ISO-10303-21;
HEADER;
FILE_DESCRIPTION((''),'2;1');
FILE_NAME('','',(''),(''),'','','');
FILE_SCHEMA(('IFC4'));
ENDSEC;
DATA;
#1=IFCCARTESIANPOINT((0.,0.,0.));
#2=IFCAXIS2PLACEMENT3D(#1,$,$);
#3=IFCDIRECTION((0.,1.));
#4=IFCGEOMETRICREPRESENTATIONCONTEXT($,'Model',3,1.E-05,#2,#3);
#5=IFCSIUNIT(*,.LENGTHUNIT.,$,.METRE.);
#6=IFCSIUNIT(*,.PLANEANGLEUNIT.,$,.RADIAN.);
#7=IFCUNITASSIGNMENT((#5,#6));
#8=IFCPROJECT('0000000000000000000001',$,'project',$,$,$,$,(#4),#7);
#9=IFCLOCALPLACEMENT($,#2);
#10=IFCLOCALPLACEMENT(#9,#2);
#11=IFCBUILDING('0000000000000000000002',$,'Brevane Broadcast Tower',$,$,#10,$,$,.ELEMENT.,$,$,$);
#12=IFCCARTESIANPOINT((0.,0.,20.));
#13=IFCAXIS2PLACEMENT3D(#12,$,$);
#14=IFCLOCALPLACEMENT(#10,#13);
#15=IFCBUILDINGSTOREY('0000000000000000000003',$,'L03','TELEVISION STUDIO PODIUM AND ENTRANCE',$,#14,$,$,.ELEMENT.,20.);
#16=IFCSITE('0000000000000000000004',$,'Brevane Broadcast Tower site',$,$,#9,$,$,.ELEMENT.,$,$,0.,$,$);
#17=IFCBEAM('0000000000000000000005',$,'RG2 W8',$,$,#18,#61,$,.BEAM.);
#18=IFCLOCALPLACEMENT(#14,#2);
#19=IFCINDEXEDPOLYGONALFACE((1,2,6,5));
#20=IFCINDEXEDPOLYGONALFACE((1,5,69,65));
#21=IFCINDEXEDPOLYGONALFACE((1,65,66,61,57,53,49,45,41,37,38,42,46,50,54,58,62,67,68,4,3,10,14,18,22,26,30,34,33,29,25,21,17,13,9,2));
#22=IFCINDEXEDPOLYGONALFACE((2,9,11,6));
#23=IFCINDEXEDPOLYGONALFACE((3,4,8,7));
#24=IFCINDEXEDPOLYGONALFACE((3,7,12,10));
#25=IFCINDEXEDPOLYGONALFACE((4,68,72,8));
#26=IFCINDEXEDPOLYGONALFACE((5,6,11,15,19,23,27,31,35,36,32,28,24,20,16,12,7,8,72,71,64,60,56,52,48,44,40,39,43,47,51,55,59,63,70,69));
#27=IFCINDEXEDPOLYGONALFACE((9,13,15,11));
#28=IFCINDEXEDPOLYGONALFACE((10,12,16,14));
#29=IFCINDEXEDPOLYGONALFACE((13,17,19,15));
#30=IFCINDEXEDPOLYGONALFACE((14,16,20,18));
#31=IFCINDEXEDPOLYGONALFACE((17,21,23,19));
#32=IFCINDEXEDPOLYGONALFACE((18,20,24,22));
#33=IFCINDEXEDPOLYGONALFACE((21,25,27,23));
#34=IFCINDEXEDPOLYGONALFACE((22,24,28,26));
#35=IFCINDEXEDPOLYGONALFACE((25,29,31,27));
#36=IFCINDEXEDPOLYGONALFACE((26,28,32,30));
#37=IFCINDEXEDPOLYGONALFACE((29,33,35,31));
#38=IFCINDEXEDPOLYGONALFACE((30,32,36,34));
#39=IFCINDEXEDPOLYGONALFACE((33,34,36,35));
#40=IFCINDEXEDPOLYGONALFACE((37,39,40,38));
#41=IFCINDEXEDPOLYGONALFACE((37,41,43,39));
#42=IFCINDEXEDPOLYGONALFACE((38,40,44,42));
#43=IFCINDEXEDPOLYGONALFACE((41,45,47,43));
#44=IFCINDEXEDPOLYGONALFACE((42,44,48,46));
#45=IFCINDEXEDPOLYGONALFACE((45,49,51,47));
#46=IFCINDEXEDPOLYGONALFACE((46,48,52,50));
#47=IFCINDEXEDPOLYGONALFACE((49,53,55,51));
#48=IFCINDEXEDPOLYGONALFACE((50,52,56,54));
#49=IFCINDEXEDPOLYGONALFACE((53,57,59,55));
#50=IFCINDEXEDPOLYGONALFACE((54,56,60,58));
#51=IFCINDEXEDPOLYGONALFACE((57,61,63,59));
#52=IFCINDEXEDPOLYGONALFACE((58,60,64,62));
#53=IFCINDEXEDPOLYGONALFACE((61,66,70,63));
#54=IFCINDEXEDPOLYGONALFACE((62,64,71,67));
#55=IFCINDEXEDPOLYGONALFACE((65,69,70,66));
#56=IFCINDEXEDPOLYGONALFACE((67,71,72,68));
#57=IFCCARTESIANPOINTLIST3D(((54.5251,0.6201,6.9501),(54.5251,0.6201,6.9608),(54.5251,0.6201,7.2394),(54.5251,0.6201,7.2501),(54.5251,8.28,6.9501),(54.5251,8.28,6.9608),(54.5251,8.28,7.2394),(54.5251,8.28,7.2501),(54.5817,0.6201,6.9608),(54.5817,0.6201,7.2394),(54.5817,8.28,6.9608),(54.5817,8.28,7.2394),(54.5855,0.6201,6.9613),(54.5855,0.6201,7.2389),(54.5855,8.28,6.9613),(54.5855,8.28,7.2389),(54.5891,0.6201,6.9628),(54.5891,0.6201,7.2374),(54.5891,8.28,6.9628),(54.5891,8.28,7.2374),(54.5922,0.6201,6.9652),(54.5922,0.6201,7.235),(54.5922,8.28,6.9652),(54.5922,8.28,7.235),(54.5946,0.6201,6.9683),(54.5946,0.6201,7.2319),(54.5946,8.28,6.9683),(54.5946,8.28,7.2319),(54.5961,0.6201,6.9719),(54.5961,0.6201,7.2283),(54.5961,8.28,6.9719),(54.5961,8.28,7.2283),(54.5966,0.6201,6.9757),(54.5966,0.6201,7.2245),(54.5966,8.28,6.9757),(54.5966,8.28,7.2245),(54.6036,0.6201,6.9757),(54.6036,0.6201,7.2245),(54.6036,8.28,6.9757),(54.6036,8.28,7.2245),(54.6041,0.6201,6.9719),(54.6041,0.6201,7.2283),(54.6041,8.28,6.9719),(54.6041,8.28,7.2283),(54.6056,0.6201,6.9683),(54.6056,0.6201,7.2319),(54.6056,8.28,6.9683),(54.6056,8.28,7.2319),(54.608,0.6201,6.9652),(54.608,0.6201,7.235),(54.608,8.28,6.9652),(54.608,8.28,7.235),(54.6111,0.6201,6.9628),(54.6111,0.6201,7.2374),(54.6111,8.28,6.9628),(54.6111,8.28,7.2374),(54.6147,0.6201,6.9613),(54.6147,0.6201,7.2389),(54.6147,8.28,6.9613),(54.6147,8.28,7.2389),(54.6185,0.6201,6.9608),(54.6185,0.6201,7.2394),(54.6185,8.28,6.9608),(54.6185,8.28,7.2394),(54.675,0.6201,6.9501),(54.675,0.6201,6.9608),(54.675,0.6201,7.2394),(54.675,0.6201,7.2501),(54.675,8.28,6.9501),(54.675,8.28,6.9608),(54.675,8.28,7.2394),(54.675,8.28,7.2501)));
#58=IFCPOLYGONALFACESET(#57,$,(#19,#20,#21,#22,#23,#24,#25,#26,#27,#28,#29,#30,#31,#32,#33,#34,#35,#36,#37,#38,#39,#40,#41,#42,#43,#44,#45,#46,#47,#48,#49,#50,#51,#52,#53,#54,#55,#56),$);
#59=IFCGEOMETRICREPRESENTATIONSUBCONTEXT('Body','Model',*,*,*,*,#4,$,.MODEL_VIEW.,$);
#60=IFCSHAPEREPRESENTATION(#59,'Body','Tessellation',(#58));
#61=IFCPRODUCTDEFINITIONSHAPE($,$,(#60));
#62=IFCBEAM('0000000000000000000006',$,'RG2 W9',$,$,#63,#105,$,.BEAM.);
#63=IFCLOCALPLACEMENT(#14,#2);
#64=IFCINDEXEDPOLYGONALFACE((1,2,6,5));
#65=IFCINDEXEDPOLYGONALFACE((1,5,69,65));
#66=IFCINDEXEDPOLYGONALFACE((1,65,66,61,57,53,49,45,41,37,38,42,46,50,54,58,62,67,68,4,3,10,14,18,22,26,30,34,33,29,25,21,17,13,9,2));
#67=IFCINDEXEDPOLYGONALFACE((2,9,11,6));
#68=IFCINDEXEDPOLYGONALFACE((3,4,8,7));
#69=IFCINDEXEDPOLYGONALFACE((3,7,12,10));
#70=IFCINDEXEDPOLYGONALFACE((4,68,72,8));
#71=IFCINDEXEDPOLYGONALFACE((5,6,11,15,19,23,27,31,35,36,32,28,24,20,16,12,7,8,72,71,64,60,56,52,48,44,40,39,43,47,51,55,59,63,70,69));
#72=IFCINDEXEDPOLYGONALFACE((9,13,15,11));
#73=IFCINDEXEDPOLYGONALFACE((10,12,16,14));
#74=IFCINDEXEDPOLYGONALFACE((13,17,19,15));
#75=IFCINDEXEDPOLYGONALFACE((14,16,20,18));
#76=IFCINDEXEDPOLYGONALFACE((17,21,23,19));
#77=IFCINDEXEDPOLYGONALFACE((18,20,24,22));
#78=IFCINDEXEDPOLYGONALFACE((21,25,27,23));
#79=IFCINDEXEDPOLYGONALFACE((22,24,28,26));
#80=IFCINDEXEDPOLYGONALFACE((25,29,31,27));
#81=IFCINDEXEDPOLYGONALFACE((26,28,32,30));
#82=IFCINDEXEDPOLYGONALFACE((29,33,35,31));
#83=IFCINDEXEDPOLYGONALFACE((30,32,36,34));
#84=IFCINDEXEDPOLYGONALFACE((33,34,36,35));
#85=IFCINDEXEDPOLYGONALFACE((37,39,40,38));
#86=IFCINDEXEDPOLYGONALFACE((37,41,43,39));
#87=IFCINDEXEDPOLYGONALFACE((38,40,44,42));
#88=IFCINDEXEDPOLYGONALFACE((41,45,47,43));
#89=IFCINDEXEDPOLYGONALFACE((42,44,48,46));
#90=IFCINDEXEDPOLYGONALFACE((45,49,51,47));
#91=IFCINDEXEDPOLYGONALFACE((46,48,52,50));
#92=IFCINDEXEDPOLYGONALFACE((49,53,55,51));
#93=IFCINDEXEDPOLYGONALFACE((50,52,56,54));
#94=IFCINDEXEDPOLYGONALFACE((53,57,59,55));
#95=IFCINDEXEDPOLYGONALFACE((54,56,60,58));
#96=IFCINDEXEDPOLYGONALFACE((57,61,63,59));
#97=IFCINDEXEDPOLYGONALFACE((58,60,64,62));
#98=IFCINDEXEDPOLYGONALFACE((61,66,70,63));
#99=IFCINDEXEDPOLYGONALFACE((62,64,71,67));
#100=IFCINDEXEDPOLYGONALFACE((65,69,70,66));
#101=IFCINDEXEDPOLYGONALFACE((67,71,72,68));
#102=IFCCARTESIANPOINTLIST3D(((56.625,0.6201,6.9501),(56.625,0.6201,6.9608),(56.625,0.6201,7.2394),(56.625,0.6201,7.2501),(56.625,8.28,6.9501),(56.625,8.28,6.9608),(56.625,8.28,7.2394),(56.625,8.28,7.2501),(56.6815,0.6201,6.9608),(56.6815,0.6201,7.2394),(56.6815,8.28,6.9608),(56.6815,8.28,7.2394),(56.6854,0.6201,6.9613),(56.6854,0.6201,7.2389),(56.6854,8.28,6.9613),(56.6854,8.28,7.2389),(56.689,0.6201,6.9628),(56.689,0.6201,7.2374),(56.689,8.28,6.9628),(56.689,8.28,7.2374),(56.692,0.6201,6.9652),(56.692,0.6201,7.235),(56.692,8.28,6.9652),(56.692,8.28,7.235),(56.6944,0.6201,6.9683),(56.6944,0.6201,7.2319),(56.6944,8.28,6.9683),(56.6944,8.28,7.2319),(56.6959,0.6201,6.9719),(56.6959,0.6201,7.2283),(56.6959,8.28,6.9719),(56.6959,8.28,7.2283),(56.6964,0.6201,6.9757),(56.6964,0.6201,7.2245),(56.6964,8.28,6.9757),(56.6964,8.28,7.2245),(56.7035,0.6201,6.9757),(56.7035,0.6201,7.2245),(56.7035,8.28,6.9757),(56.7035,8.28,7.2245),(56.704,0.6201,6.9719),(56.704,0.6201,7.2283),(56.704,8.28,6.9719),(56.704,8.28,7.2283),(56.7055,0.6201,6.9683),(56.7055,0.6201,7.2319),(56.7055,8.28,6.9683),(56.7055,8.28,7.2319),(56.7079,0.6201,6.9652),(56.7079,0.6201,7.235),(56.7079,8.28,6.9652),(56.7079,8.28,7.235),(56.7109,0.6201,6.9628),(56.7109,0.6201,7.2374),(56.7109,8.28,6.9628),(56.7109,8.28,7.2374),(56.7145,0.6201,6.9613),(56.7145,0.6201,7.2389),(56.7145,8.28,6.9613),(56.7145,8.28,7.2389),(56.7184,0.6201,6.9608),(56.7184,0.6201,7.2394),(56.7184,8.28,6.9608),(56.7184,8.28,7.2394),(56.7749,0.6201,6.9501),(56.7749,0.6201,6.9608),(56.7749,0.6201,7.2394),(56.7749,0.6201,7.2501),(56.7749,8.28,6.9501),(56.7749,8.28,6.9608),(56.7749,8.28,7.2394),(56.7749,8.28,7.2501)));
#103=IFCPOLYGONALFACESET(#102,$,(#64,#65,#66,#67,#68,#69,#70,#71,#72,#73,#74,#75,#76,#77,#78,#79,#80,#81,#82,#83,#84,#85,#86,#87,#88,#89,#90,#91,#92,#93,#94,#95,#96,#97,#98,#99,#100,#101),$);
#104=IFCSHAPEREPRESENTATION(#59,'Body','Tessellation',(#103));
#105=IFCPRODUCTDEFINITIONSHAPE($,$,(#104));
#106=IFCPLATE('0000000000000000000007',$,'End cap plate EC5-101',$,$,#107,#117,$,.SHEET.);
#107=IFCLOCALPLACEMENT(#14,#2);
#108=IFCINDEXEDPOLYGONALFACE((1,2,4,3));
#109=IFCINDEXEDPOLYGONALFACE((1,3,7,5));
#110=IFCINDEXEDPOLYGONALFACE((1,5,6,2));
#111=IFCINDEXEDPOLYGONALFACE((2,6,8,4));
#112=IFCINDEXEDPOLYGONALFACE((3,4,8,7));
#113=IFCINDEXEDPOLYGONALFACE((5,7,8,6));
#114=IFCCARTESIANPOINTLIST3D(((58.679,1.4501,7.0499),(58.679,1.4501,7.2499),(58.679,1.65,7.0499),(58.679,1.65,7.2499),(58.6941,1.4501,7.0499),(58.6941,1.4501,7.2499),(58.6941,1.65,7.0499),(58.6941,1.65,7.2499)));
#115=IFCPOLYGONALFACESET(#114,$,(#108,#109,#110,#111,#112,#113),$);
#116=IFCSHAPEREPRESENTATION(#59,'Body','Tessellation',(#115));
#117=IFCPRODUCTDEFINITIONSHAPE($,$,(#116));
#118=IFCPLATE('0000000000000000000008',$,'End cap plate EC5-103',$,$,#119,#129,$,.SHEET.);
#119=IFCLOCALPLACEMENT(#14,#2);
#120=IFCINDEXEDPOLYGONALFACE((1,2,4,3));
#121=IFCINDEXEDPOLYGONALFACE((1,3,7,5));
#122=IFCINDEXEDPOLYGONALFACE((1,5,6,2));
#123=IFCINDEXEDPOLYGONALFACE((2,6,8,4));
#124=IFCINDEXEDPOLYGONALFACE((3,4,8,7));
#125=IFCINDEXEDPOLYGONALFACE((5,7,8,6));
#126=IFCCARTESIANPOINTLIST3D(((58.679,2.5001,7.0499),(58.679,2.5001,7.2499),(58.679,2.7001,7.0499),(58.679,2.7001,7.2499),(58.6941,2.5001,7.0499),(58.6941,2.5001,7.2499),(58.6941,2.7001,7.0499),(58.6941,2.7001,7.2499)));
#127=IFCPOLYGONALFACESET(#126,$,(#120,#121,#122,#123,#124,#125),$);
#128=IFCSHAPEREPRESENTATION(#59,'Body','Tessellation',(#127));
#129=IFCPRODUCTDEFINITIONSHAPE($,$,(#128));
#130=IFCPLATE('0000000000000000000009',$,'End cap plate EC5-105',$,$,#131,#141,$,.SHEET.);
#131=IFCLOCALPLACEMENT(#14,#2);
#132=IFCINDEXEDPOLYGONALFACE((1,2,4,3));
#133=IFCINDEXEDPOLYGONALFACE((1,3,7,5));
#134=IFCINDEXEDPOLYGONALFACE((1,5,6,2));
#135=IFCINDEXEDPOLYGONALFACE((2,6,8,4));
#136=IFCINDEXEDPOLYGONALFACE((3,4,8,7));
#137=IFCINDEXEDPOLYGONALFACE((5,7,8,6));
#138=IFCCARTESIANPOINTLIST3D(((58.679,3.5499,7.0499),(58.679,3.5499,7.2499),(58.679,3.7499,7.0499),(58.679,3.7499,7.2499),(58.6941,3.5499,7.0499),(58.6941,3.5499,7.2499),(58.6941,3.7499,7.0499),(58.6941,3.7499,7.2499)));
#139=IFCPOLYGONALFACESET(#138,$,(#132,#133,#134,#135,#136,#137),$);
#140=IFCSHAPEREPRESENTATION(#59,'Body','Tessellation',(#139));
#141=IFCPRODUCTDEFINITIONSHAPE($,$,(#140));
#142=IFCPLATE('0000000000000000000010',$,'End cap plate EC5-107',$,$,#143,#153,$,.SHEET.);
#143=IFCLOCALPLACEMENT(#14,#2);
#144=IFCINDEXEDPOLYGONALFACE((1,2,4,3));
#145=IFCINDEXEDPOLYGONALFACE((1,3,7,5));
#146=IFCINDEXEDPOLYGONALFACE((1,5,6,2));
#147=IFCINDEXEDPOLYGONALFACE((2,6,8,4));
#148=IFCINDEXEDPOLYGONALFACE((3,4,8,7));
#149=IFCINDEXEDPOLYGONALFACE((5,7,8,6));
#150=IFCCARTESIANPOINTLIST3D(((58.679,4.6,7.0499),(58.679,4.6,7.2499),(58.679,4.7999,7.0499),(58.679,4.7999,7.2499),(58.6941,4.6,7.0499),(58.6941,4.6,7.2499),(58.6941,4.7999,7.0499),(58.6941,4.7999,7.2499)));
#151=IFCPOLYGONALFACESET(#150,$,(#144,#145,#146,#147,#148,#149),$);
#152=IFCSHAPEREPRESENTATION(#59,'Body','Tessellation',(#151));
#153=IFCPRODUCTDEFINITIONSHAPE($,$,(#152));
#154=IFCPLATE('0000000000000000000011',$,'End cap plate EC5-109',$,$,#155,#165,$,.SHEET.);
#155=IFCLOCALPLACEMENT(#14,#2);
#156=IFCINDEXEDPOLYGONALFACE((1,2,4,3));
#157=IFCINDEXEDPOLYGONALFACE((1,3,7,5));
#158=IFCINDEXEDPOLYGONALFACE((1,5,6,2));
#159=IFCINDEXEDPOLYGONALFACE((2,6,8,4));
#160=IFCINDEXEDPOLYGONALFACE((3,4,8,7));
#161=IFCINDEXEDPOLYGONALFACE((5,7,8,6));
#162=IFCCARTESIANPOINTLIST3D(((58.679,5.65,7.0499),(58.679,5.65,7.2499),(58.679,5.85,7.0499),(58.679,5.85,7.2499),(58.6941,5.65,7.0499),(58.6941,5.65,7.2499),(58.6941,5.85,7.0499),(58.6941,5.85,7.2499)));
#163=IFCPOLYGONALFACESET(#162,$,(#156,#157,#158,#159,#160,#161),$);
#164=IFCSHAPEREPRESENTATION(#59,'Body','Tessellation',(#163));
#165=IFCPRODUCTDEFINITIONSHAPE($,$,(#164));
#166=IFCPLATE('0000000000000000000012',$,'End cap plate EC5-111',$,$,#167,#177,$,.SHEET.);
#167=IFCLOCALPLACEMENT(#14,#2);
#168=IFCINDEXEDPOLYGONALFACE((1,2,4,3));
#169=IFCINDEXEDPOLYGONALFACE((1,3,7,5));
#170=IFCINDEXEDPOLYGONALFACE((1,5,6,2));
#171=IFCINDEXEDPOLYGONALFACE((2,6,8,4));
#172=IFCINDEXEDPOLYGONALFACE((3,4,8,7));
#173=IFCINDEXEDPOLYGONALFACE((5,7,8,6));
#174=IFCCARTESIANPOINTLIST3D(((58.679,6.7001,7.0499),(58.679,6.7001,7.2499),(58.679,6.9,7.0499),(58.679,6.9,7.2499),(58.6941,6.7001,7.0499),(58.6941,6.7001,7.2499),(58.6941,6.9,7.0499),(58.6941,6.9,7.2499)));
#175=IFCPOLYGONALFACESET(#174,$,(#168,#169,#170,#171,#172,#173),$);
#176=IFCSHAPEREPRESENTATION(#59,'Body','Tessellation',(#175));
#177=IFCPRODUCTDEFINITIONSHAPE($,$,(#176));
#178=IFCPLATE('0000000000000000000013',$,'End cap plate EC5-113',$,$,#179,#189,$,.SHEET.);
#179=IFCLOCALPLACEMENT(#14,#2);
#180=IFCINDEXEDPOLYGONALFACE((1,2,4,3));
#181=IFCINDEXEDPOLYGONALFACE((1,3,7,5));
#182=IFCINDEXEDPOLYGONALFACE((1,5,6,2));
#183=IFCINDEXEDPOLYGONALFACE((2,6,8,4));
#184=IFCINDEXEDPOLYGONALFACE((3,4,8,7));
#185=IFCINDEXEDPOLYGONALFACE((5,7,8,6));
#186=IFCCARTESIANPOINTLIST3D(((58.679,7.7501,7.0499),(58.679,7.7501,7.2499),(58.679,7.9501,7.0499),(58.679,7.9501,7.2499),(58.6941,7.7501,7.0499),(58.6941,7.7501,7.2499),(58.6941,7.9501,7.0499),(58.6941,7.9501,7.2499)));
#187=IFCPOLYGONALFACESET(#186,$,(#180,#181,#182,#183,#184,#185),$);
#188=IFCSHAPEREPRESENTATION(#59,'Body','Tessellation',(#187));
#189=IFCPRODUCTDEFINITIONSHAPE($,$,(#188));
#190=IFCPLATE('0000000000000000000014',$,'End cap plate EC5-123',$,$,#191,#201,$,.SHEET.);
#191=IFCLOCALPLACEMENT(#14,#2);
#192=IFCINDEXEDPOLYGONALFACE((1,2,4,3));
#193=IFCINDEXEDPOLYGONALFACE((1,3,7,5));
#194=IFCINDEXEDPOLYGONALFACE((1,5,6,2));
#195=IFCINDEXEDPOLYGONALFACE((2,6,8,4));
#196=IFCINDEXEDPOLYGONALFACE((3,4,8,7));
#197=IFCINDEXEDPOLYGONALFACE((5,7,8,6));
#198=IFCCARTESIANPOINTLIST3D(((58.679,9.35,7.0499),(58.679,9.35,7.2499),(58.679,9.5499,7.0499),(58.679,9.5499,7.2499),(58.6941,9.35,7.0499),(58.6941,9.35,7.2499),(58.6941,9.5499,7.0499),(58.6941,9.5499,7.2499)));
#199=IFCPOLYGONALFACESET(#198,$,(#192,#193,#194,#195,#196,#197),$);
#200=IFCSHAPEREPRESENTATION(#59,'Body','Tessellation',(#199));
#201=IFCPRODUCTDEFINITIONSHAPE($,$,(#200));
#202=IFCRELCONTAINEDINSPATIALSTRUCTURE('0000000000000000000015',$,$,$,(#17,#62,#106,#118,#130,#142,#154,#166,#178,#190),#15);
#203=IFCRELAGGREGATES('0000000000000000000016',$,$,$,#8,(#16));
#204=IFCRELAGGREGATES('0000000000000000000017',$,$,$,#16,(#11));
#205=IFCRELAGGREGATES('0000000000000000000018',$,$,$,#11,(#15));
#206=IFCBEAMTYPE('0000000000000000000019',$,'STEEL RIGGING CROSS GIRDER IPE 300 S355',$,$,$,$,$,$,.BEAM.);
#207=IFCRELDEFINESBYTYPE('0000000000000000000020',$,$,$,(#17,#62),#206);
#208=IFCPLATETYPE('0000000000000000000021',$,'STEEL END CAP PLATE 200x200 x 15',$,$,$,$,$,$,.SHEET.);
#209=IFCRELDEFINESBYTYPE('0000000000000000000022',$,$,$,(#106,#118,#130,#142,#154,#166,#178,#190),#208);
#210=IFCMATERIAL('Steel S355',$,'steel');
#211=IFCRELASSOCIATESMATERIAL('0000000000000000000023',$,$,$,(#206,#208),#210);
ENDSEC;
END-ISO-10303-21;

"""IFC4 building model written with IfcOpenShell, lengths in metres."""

from ifc_helpers import new_model, si_unit, direction, frame, origin, origin_2d, place, context, subcontext, project, spatial, rectangle, i_section, extrude, material, material_profile, profile_set, type_object, element, save


model = new_model("IFC4")

# Units and contexts
model_context = context("Model", 3, precision=1e-05, world=origin(), true_north=direction((0.0, 1.0)))
body_context = subcontext(model_context, "Body", "Model", "MODEL_VIEW")
ifc_project = project(units=[si_unit("LENGTHUNIT", "METRE"), si_unit("PLANEANGLEUNIT", "RADIAN")], contexts=[model_context])

# Site, building, storey
site_placement = place(None, origin())
site = spatial("IfcSite", under=ifc_project, at=site_placement, Name="Brevane Broadcast Tower site", CompositionType="ELEMENT", RefElevation=0.0)
building_placement = place(site_placement, origin())
building = spatial("IfcBuilding", under=site, at=building_placement, Name="Brevane Broadcast Tower", CompositionType="ELEMENT")
storey_placement = place(building_placement, frame((0.0, 0.0, 20.0)))
storey = spatial("IfcBuildingStorey", under=building, at=storey_placement, Name="L03", Description="TELEVISION STUDIO PODIUM AND ENTRANCE", CompositionType="ELEMENT", Elevation=20.0)

# Beams
ifc_material_1 = material(Name="Steel S355", Category="steel")
ifc_material_profile_1 = material_profile(ifc_material_1, i_section(OverallWidth=0.1499, OverallDepth=0.3, WebThickness=0.0071, FlangeThickness=0.0107, FilletRadius=0.0149, at=origin_2d()), Name="IPE 300")
ifc_profile_set_1 = profile_set([ifc_material_profile_1], Name="Steel S355")
beam_type_1 = type_object("IfcBeamType", Name="STEEL RIGGING CROSS GIRDER IPE 300 S355", PredefinedType="BEAM", material=ifc_profile_set_1)
for number, where, z_axis, x_axis, name in (
    (1, (54.6001, 0.6201, 7.1001), (0.0, 1.0, 0.0), (-1.0, 0.0, 0.0), "RG2 W8"),
    (2, (56.7, 0.6201, 7.1001), (0.0, 1.0, 0.0), (-1.0, 0.0, 0.0), "RG2 W9"),
):
    element("IfcBeam", number, at=place(storey_placement, frame(where, z_axis=z_axis, x_axis=x_axis)), inside=storey, type_object=beam_type_1, Name=name, PredefinedType="BEAM", context=body_context, shape_type="SweptSolid", body=[
        extrude(i_section(OverallWidth=0.1499, OverallDepth=0.3, WebThickness=0.0071, FlangeThickness=0.0107, FilletRadius=0.0149, at=origin_2d()), origin(), (0.0, 0.0, 1.0), 7.6599),
    ])

# Plates
ifc_material_profile_2 = material_profile(ifc_material_1, rectangle(XDim=0.2, YDim=0.2, at=origin_2d()), Name="PL 200x200 x 15")
ifc_profile_set_2 = profile_set([ifc_material_profile_2], Name="Steel S355")
plate_type = type_object("IfcPlateType", Name="STEEL END CAP PLATE 200x200 x 15", PredefinedType="SHEET", material=ifc_profile_set_2)
for number, where, z_axis, x_axis, name in (
    (3, (58.679, 1.55, 7.1499), (1.0, 0.0, 0.0), (0.0, 1.0, 0.0), "End cap plate EC5-101"),
    (4, (58.679, 2.6001, 7.1499), (1.0, 0.0, 0.0), (0.0, 1.0, 0.0), "End cap plate EC5-103"),
    (5, (58.679, 3.6499, 7.1499), (1.0, 0.0, 0.0), (0.0, 1.0, 0.0), "End cap plate EC5-105"),
    (6, (58.679, 4.7, 7.1499), (1.0, 0.0, 0.0), (0.0, 1.0, 0.0), "End cap plate EC5-107"),
    (7, (58.679, 5.75, 7.1499), (1.0, 0.0, 0.0), (0.0, 1.0, 0.0), "End cap plate EC5-109"),
    (8, (58.679, 6.8, 7.1499), (1.0, 0.0, 0.0), (0.0, 1.0, 0.0), "End cap plate EC5-111"),
    (9, (58.679, 7.8501, 7.1499), (1.0, 0.0, 0.0), (0.0, 1.0, 0.0), "End cap plate EC5-113"),
    (10, (58.679, 9.45, 7.1499), (1.0, 0.0, 0.0), (0.0, 1.0, 0.0), "End cap plate EC5-123"),
):
    element("IfcPlate", number, at=place(storey_placement, frame(where, z_axis=z_axis, x_axis=x_axis)), inside=storey, type_object=plate_type, Name=name, PredefinedType="SHEET", context=body_context, shape_type="SweptSolid", body=[
        extrude(rectangle(XDim=0.2, YDim=0.2, at=origin_2d()), origin(), (0.0, 0.0, 1.0), 0.0151),
    ])

save(model, "model.ifc")
